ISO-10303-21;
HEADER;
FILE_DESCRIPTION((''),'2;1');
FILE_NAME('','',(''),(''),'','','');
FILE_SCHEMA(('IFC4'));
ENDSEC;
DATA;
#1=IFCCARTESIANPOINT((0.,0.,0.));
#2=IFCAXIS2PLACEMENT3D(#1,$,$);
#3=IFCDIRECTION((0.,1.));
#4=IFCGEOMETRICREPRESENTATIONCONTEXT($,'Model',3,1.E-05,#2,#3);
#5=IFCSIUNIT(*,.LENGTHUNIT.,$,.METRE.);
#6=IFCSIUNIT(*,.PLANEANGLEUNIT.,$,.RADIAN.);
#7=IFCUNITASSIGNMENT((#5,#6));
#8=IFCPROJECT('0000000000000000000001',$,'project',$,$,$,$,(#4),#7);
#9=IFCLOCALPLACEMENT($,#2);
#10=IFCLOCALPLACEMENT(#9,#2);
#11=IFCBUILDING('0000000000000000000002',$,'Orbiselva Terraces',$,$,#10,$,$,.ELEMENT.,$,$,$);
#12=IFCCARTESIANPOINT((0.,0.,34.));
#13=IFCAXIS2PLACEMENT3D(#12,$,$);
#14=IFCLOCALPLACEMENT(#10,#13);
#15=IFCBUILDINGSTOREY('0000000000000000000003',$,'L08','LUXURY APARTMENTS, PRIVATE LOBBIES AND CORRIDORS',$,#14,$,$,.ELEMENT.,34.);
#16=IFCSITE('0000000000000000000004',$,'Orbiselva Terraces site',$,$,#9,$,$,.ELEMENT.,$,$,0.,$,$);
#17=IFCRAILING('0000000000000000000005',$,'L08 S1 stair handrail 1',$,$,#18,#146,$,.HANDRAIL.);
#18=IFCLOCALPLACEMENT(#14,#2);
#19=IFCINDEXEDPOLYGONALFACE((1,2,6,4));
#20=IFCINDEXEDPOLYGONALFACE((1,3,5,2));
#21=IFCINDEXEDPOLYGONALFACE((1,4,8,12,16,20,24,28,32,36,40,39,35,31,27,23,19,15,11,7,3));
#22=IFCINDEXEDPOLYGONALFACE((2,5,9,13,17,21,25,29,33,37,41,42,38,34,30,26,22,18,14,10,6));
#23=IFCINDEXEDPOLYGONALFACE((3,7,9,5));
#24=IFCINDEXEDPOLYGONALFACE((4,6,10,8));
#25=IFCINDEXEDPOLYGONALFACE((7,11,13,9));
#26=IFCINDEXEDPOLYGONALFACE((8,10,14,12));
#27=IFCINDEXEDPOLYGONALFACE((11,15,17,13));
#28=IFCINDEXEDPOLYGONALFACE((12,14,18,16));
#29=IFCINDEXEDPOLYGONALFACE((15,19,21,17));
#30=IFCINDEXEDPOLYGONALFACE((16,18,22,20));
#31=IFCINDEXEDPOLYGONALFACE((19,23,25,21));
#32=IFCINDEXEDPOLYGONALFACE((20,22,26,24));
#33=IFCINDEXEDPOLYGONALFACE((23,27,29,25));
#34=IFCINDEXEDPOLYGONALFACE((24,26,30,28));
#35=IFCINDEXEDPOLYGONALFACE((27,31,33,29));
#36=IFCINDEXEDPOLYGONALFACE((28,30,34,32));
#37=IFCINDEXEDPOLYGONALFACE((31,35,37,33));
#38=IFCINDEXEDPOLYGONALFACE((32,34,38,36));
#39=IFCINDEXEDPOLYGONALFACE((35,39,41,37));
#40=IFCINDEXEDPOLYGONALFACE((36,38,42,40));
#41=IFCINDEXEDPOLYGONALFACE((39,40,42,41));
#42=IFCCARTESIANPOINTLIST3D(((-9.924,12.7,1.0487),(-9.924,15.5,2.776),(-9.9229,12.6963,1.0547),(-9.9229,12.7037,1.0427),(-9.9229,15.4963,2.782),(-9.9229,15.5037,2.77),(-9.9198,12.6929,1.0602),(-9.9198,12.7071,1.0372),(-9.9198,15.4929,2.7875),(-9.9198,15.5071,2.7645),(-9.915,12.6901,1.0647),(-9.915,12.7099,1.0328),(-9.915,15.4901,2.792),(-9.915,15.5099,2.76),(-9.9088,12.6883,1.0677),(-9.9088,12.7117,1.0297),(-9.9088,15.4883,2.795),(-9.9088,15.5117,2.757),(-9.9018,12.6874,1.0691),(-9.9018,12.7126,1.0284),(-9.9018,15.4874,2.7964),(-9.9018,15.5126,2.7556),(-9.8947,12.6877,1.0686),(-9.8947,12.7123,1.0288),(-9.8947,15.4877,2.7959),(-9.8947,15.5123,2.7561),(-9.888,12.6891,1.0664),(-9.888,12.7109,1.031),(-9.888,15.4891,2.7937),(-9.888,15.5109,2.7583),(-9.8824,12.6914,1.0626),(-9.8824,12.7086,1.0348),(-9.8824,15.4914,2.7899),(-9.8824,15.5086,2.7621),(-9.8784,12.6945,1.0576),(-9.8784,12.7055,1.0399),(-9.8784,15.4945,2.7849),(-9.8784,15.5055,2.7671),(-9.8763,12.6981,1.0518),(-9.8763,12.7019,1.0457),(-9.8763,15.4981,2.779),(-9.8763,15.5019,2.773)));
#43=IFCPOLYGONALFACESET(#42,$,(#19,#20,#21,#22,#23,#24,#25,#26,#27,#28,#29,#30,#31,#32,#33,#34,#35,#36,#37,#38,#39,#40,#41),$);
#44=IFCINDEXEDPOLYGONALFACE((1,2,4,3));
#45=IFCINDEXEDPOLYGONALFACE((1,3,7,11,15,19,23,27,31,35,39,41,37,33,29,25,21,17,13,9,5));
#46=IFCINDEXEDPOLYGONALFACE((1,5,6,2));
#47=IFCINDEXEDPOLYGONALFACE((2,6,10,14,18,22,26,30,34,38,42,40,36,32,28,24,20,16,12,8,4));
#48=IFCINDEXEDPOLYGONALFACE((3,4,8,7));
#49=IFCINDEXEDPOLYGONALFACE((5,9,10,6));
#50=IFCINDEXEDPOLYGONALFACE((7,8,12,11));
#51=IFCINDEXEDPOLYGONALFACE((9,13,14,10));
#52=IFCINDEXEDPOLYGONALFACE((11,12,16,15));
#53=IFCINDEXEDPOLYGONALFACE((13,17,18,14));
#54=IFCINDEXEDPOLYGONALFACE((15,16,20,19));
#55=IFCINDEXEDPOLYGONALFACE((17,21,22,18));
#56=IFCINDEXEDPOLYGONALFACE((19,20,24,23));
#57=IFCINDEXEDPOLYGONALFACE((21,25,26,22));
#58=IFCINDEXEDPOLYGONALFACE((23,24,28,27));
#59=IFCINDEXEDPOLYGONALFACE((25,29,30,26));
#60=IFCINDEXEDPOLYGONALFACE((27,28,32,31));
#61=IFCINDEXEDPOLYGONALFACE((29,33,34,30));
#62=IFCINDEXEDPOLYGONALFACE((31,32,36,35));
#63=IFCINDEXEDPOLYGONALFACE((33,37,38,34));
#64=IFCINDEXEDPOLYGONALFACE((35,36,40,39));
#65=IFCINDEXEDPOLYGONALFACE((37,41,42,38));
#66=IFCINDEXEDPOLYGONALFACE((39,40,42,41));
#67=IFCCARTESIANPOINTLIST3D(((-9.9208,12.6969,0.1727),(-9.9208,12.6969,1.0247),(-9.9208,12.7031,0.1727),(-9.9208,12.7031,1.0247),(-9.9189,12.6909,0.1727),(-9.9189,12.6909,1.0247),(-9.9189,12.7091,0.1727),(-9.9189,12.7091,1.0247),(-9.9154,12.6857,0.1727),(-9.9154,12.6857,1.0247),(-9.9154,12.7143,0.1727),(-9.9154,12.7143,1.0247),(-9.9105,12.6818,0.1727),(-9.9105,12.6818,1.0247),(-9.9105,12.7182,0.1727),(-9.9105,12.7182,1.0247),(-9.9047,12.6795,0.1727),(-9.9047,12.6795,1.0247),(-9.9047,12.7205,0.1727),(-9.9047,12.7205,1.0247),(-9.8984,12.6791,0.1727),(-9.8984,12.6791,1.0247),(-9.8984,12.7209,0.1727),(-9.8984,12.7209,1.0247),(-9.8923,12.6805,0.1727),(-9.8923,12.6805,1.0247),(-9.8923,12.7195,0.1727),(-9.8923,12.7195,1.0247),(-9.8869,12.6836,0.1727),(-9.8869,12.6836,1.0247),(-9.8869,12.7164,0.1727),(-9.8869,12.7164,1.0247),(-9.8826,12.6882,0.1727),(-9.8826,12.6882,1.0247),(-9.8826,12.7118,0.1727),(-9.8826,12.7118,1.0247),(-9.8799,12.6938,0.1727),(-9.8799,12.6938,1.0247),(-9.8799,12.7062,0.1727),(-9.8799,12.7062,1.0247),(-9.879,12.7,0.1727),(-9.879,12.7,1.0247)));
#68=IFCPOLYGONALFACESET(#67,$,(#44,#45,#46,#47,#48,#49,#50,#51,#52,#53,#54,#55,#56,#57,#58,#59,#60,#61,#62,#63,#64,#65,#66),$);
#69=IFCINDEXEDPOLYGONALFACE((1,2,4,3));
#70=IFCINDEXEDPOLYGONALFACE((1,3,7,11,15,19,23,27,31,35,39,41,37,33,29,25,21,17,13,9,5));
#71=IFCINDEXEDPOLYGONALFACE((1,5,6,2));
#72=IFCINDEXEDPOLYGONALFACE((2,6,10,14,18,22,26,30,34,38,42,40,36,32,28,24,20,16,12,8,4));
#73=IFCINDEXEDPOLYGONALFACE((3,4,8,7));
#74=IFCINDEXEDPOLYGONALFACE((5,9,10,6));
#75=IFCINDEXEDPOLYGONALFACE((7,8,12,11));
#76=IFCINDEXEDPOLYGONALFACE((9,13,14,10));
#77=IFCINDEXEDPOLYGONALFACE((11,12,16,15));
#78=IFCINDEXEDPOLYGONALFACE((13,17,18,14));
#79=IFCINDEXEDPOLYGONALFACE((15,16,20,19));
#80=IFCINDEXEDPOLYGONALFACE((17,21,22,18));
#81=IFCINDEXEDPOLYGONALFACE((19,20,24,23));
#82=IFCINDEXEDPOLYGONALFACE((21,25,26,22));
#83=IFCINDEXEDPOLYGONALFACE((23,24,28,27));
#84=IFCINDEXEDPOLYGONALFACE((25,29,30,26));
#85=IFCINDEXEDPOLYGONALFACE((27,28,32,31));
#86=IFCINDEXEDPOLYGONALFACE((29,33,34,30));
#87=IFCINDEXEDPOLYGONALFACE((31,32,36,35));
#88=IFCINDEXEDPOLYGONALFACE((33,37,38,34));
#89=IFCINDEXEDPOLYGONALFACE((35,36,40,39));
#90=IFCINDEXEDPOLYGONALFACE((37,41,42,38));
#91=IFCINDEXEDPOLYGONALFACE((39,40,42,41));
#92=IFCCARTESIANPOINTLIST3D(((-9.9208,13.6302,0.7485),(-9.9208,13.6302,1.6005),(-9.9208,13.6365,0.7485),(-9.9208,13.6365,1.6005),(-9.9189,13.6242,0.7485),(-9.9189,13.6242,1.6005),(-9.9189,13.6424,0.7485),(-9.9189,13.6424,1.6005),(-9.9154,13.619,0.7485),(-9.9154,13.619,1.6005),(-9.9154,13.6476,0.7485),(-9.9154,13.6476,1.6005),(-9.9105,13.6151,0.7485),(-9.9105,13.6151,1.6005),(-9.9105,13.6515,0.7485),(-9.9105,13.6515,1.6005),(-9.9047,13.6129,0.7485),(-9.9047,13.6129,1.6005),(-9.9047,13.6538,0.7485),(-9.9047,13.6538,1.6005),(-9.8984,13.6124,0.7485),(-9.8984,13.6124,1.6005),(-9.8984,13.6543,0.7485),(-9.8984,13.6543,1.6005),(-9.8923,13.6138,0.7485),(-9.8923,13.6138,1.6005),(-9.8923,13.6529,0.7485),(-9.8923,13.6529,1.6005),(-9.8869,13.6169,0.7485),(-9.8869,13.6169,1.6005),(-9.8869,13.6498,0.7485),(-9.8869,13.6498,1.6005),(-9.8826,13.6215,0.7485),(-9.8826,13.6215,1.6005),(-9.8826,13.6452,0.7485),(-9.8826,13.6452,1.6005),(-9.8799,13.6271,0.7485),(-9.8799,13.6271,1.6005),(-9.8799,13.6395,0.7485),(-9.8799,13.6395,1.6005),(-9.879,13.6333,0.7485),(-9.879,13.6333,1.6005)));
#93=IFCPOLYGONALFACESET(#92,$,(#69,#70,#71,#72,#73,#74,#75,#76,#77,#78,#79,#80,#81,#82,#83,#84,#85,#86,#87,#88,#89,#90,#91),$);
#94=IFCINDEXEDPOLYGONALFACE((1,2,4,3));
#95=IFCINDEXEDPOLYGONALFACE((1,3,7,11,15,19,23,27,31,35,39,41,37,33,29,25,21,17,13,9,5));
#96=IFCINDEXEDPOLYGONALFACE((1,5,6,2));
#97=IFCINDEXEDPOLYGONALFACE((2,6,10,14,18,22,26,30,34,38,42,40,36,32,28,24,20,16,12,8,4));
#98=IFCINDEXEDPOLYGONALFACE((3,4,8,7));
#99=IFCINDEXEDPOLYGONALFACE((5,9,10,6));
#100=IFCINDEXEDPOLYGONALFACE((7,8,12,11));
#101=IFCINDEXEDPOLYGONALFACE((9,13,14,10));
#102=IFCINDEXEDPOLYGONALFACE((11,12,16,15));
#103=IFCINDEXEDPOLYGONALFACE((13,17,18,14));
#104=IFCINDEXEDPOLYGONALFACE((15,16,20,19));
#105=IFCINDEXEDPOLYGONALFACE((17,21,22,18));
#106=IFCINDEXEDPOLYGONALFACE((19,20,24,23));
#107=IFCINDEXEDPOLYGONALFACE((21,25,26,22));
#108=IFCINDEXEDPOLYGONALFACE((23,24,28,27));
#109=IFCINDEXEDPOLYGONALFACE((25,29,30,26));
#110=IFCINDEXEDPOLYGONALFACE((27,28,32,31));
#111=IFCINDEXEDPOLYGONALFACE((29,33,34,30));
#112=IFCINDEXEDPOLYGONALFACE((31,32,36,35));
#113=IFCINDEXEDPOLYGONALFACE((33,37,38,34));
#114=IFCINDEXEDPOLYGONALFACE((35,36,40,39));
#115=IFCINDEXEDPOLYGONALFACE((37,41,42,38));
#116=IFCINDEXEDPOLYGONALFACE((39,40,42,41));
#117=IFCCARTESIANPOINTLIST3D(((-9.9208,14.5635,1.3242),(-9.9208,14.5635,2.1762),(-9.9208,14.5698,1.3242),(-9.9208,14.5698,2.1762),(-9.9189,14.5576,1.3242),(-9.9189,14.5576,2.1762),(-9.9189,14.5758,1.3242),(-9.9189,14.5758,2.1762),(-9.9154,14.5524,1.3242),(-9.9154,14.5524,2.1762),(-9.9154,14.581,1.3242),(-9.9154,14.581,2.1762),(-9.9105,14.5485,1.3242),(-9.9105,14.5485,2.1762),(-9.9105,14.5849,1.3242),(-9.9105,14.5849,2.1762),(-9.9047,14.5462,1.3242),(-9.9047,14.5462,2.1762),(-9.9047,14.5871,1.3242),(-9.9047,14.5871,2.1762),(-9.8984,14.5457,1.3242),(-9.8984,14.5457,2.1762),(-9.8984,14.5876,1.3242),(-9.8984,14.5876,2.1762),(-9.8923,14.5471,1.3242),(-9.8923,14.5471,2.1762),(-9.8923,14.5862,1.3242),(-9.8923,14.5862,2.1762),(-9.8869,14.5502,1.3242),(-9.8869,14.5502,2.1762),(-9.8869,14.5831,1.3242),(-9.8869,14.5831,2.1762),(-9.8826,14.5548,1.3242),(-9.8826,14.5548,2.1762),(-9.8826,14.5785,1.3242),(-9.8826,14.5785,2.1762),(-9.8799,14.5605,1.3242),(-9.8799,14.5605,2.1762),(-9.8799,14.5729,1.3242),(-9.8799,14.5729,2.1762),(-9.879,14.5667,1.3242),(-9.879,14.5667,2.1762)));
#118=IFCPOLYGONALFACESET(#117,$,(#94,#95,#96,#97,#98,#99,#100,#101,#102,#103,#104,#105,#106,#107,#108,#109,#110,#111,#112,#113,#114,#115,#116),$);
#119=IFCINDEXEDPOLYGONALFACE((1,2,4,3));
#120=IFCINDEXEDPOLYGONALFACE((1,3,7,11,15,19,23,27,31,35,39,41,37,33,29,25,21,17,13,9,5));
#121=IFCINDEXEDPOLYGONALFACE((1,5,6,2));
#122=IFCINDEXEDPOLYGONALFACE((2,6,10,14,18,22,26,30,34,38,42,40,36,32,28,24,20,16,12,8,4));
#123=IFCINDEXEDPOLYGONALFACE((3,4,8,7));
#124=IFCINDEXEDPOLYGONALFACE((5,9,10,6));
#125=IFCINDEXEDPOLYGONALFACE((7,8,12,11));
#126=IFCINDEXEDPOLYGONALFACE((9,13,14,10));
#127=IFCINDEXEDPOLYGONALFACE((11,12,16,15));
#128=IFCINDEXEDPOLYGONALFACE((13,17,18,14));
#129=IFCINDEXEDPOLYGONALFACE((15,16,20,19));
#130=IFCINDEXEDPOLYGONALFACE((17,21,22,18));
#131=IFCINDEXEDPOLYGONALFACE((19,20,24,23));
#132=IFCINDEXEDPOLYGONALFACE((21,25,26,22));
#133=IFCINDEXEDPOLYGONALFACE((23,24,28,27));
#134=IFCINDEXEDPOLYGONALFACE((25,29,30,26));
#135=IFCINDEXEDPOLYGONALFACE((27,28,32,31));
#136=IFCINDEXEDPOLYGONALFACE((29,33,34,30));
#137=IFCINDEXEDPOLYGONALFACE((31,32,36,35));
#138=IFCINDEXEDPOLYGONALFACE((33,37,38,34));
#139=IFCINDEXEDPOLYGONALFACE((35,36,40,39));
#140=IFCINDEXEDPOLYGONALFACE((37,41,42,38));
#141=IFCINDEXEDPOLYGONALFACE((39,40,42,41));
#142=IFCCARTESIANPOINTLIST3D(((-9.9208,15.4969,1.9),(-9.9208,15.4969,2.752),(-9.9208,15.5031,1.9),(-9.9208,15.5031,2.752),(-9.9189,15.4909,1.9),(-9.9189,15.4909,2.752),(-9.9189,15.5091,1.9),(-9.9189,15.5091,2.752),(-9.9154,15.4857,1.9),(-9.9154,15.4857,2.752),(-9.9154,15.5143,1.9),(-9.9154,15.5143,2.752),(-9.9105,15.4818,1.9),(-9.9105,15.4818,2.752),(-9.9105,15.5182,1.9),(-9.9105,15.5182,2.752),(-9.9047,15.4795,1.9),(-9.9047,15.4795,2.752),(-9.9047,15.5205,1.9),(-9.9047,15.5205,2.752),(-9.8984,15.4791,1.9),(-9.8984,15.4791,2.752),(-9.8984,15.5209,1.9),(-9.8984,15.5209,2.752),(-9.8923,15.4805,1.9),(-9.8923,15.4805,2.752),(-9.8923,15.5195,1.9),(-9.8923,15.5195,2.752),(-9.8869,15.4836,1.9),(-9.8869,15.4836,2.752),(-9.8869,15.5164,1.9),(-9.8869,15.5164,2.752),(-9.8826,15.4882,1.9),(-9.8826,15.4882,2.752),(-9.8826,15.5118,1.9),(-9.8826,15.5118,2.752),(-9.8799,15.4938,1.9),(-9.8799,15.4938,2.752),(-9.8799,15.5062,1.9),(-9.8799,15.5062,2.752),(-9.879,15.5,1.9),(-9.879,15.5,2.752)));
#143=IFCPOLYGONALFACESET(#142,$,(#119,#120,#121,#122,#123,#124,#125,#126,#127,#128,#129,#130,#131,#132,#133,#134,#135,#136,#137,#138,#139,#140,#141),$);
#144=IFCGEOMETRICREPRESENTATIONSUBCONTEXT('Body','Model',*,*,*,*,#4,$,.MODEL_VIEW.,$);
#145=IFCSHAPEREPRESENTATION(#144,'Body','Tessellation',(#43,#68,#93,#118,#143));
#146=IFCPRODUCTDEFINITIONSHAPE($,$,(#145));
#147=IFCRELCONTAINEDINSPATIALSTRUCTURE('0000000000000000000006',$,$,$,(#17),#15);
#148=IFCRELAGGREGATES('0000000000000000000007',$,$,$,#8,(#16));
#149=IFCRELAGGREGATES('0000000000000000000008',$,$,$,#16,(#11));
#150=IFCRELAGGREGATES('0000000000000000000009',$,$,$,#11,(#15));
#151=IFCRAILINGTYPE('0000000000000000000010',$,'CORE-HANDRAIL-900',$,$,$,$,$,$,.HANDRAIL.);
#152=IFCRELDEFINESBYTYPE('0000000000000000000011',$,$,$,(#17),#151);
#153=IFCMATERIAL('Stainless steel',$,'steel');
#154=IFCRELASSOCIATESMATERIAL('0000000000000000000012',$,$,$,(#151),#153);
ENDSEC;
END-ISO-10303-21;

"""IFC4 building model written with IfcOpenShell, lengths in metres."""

from ifc_helpers import new_model, si_unit, direction, frame, origin, origin_2d, place, context, subcontext, project, spatial, circle, extrude, material, type_object, element, save


model = new_model("IFC4")

# Units and contexts
model_context = context("Model", 3, precision=1e-05, world=origin(), true_north=direction((0.0, 1.0)))
body_context = subcontext(model_context, "Body", "Model", "MODEL_VIEW")
ifc_project = project(units=[si_unit("LENGTHUNIT", "METRE"), si_unit("PLANEANGLEUNIT", "RADIAN")], contexts=[model_context])

# Site, building, storey
site_placement = place(None, origin())
site = spatial("IfcSite", under=ifc_project, at=site_placement, Name="Orbiselva Terraces site", CompositionType="ELEMENT", RefElevation=0.0)
building_placement = place(site_placement, origin())
building = spatial("IfcBuilding", under=site, at=building_placement, Name="Orbiselva Terraces", CompositionType="ELEMENT")
storey_placement = place(building_placement, frame((0.0, 0.0, 34.0)))
storey = spatial("IfcBuildingStorey", under=building, at=storey_placement, Name="L08", Description="LUXURY APARTMENTS, PRIVATE LOBBIES AND CORRIDORS", CompositionType="ELEMENT", Elevation=34.0)

# Railing
ifc_material_1 = material(Name="Stainless steel", Category="steel")
railing_type_1 = type_object("IfcRailingType", Name="CORE-HANDRAIL-900", PredefinedType="HANDRAIL", material=ifc_material_1)
railing_1_placement = place(storey_placement, frame((-9.9, 12.7, 0.1727)))
element("IfcRailing", 1, at=railing_1_placement, inside=storey, type_object=railing_type_1, Name="L08 S1 stair handrail 1", PredefinedType="HANDRAIL", context=body_context, shape_type="SweptSolid", body=[
    extrude(circle(Radius=0.024, at=origin_2d()), frame((0.0, 0.0, 0.876), z_axis=(0.0, 0.851089, 0.525022), x_axis=(-1.0, 0.0, 0.0)), (0.0, 0.0, 1.0), 3.2899),
    extrude(circle(Radius=0.021, at=origin_2d()), origin(), (0.0, 0.0, 1.0), 0.852),
    extrude(circle(Radius=0.021, at=origin_2d()), frame((0.0, 0.9333, 0.5758)), (0.0, 0.0, 1.0), 0.852),
    extrude(circle(Radius=0.021, at=origin_2d()), frame((0.0, 1.8667, 1.1515)), (0.0, 0.0, 1.0), 0.852),
    extrude(circle(Radius=0.021, at=origin_2d()), frame((0.0, 2.8, 1.7273)), (0.0, 0.0, 1.0), 0.852),
])

save(model, "model.ifc")
